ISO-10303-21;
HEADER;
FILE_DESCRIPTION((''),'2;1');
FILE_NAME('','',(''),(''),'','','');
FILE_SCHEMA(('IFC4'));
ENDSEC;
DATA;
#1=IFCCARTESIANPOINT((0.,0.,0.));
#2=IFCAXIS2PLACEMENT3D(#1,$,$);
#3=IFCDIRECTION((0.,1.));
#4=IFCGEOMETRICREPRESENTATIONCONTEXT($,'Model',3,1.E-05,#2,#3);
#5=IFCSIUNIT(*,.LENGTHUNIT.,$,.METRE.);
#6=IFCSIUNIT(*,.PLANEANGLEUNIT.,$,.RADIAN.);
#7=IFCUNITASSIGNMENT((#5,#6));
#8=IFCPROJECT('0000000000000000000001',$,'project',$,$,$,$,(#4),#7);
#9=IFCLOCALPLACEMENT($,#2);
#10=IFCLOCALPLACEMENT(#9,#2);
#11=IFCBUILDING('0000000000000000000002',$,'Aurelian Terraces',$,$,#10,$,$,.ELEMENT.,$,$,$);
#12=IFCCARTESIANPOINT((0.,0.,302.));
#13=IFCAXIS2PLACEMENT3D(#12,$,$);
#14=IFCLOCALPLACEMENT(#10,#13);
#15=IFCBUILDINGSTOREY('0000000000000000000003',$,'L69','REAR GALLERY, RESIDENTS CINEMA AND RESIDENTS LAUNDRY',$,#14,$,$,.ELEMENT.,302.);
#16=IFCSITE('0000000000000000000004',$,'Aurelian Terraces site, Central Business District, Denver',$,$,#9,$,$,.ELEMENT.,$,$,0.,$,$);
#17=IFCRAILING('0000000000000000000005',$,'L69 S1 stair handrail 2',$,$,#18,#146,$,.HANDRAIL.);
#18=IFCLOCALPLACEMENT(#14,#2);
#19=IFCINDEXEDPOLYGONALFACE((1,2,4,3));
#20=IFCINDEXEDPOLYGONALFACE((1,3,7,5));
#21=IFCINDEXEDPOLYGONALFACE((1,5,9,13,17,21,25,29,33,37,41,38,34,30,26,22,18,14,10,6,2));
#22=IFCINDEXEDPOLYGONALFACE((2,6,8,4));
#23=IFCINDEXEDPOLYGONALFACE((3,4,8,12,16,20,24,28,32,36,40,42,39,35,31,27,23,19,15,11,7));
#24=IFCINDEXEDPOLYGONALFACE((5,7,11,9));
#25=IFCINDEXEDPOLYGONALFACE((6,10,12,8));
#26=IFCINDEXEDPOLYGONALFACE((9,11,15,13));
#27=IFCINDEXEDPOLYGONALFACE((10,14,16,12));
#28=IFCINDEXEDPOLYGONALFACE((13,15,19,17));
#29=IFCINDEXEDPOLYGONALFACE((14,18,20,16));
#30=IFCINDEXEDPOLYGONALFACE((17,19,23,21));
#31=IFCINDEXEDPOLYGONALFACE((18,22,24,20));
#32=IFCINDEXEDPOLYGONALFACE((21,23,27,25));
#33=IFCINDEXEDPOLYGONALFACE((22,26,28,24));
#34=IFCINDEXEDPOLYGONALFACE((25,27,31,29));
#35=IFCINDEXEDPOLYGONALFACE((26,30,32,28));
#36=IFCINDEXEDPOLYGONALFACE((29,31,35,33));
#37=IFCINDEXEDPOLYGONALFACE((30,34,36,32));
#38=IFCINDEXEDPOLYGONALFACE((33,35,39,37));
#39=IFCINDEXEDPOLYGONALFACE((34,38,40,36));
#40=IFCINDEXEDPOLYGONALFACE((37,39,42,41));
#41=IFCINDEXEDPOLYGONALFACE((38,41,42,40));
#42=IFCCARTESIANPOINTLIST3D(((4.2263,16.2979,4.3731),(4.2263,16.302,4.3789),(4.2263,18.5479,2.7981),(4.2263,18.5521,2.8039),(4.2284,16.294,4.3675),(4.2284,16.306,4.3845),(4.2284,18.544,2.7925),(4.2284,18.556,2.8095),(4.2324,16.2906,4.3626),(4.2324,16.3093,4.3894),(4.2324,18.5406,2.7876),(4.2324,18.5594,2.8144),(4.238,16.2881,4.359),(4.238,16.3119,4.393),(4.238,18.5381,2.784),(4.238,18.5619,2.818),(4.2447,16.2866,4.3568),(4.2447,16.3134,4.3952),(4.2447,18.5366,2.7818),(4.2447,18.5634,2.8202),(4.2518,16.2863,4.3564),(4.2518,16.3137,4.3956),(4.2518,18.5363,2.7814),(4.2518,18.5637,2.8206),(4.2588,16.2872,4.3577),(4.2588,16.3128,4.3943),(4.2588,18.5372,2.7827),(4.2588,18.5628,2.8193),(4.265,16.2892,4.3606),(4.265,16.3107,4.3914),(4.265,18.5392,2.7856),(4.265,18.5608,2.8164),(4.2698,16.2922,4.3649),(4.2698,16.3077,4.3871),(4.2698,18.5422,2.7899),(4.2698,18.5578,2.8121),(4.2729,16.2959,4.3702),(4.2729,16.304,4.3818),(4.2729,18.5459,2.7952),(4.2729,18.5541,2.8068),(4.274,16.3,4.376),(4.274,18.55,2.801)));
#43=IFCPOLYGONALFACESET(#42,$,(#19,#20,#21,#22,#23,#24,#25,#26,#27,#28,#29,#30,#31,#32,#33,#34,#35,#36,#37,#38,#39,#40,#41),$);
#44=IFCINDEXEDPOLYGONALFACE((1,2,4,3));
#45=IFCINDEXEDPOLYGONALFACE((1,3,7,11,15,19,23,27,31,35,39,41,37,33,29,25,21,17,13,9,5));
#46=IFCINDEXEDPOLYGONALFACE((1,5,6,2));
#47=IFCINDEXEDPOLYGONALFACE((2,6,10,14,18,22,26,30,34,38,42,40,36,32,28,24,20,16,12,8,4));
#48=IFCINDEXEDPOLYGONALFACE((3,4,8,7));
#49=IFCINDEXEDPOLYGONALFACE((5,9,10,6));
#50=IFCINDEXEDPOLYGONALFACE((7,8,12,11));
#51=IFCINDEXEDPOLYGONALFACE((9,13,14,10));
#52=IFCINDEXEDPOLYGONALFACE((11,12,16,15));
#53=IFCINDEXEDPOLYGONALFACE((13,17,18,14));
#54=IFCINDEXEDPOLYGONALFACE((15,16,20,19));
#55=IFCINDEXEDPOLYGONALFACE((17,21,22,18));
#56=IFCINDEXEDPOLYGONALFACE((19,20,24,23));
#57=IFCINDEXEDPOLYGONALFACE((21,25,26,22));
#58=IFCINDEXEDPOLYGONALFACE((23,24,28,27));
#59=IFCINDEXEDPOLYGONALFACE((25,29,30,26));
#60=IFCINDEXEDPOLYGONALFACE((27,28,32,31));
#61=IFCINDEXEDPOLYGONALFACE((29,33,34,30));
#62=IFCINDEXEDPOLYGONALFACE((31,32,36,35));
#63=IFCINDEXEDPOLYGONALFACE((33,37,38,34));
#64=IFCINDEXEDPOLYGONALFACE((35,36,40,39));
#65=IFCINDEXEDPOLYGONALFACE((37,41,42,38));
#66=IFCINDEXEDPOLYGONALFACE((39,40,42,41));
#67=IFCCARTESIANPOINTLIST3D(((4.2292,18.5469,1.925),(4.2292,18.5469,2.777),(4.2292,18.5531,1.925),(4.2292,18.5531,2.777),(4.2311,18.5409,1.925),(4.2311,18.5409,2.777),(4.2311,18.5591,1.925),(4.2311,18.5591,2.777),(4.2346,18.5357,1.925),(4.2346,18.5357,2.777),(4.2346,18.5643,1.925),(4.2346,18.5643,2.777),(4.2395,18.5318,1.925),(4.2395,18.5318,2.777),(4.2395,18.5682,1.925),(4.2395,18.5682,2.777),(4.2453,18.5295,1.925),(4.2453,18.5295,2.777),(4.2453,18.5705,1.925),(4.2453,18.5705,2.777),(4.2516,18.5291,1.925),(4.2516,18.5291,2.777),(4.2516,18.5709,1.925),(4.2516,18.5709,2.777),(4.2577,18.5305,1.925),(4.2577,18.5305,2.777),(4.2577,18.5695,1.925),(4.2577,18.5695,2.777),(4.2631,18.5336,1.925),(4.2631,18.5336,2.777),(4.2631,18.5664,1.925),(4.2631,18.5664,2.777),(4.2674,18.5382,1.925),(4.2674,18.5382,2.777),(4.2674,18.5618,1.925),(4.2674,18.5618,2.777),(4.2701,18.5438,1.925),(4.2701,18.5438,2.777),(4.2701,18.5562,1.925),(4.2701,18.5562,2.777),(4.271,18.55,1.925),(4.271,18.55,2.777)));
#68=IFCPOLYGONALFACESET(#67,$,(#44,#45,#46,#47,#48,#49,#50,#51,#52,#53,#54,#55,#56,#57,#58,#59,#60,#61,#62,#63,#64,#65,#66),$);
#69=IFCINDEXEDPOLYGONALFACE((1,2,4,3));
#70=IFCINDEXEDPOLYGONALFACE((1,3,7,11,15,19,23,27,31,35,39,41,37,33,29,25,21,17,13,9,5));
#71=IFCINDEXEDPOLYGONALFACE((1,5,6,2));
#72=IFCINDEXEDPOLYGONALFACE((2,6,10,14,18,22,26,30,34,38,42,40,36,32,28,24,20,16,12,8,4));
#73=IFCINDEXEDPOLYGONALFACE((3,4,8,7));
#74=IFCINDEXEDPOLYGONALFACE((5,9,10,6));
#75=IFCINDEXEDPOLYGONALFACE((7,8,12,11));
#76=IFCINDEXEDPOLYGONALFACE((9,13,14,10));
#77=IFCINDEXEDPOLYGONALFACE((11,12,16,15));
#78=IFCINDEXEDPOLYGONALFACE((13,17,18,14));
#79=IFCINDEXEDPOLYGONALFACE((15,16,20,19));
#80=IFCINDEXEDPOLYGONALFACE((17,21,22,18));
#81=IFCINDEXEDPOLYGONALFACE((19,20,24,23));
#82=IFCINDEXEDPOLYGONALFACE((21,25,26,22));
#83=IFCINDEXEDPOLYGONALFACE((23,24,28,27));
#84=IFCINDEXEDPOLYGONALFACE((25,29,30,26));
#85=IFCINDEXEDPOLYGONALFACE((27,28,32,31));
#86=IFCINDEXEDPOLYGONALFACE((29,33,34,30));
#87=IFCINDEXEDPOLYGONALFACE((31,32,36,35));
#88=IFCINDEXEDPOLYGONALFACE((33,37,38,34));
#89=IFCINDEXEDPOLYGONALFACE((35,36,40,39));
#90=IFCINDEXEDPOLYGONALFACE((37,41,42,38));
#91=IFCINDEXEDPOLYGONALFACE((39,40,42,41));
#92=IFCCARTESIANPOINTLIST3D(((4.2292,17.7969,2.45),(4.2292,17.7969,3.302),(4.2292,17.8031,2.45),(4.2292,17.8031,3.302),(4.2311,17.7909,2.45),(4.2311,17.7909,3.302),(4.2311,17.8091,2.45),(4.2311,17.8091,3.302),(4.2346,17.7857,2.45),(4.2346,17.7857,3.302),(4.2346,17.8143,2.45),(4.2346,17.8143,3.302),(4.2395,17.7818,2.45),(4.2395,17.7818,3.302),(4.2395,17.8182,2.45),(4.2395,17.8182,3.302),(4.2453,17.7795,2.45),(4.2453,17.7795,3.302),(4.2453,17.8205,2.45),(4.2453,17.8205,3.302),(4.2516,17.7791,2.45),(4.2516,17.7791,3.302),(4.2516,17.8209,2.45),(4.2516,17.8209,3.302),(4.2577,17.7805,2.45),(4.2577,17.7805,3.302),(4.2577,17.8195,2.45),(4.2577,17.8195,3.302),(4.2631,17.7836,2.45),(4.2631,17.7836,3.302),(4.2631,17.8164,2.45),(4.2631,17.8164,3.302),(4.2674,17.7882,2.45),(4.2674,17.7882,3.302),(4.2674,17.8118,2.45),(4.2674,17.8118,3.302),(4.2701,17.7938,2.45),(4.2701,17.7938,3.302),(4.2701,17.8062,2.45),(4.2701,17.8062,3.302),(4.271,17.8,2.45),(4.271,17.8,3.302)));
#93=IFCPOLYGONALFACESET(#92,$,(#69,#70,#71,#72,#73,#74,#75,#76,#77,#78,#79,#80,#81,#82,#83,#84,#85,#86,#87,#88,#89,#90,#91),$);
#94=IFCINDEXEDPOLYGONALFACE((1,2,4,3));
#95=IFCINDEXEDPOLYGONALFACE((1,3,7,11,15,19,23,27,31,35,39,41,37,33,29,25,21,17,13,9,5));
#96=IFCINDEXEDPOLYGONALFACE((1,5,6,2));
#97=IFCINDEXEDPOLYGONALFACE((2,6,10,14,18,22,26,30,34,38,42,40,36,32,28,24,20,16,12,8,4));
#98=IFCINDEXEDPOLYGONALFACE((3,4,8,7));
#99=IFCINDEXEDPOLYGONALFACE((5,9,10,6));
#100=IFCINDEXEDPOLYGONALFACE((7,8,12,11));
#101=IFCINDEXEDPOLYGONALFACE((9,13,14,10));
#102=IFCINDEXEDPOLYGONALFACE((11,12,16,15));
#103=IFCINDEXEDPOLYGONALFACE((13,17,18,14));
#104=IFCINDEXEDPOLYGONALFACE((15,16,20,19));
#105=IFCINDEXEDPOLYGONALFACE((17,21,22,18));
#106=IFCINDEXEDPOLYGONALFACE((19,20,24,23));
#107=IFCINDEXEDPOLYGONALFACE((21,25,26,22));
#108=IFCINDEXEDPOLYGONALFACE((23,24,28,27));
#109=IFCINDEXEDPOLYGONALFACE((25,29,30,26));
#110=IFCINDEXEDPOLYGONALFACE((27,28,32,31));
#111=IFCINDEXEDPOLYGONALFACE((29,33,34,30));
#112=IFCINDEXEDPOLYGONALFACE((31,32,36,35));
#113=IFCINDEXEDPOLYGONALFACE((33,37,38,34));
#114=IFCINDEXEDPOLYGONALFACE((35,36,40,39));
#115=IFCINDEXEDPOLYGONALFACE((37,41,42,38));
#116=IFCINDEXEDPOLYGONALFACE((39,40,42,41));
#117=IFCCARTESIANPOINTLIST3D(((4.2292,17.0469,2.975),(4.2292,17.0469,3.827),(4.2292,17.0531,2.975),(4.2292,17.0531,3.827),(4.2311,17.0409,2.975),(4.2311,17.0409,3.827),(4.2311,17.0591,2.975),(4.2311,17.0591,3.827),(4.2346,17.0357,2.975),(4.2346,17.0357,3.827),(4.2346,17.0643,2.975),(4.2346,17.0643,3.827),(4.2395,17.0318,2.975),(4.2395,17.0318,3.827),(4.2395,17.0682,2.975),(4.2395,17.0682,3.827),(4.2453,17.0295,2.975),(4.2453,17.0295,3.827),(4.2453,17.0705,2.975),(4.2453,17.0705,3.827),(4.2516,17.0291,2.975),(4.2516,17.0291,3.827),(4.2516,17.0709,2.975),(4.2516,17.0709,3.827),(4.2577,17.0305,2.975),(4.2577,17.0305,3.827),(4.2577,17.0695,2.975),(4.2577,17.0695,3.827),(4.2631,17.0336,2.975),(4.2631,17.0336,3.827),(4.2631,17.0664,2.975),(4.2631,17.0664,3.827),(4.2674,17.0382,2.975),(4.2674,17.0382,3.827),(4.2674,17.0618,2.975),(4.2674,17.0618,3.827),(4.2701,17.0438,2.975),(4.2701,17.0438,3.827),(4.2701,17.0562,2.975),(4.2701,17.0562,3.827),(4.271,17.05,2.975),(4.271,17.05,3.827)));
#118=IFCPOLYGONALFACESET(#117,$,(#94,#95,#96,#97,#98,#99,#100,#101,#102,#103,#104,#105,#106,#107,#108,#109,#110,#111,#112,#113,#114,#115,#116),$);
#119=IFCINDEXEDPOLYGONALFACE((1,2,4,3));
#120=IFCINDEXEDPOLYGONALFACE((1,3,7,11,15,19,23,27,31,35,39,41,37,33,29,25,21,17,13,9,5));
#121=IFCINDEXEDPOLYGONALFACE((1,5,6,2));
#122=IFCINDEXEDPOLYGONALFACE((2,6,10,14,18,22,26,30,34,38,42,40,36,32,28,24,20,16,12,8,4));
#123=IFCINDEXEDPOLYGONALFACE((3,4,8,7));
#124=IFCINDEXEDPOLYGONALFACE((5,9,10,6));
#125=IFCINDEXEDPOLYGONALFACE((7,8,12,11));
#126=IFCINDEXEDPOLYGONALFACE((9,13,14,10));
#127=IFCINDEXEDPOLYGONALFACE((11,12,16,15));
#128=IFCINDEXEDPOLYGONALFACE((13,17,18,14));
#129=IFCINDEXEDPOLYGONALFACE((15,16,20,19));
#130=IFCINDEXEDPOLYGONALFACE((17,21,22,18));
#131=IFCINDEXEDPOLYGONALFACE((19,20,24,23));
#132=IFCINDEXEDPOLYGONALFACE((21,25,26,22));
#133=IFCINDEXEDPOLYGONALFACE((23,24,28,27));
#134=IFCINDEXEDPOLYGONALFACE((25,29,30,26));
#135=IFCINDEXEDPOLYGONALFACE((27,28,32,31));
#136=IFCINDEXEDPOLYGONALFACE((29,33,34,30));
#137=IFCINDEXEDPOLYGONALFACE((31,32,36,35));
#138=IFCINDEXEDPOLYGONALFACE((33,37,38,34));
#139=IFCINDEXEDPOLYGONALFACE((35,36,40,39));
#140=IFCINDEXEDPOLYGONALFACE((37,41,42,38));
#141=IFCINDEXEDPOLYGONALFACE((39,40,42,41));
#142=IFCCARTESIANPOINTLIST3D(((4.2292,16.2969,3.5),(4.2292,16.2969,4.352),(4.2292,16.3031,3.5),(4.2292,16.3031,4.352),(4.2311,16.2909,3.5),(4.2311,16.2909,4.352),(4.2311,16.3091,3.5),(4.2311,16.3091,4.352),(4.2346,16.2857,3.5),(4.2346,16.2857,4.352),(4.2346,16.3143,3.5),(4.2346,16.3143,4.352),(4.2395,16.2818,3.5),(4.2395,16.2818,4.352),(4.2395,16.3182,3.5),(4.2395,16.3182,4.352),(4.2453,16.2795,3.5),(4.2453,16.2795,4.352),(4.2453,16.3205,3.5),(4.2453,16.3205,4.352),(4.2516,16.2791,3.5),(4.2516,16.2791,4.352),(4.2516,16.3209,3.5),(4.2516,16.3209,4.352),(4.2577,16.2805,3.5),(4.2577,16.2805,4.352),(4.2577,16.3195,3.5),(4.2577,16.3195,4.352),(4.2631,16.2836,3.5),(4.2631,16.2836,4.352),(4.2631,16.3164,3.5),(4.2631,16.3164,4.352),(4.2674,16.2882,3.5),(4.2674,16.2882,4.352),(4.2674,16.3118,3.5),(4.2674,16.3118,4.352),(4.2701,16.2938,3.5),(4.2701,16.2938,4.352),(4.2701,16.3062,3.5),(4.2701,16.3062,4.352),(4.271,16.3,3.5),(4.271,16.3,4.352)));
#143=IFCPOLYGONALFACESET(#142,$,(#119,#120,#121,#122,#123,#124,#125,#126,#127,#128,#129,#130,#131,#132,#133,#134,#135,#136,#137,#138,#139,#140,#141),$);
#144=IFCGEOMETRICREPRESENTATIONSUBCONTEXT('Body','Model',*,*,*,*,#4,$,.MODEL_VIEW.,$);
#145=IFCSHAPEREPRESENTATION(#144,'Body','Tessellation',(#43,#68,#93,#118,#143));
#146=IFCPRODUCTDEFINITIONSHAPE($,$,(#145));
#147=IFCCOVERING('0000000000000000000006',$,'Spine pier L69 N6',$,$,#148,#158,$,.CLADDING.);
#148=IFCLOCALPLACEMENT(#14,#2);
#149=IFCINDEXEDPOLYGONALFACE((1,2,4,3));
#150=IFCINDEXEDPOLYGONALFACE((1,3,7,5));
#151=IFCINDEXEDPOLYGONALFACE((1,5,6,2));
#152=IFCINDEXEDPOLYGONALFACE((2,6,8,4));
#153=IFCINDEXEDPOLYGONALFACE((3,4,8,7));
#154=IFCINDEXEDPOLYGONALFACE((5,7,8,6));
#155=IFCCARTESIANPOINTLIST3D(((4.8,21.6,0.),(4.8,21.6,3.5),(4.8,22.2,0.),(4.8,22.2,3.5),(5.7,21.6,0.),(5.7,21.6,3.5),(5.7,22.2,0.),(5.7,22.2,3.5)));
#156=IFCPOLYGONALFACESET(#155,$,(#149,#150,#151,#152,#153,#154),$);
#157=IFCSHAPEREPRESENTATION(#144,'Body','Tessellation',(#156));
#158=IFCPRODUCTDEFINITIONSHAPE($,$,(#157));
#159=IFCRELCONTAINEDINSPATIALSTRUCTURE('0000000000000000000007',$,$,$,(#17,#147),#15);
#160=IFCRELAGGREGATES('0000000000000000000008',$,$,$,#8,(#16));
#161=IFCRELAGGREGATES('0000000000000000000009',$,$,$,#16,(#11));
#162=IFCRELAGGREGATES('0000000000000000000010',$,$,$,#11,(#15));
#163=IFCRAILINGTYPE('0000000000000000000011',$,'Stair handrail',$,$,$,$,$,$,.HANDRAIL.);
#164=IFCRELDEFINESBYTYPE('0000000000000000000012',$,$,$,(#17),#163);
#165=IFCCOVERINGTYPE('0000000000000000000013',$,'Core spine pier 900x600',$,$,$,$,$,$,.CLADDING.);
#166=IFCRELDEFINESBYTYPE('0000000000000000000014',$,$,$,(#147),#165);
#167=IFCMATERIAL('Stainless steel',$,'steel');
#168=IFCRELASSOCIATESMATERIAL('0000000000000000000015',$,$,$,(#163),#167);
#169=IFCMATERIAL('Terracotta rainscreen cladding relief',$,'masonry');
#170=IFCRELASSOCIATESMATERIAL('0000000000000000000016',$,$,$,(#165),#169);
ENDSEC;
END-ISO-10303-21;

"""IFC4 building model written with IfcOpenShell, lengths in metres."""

from ifc_helpers import new_model, si_unit, direction, frame, origin, origin_2d, place, context, subcontext, project, spatial, rectangle, circle, extrude, source, transform, mapped, material, type_object, element, save


model = new_model("IFC4")

# Units and contexts
model_context = context("Model", 3, precision=1e-05, world=origin(), true_north=direction((0.0, 1.0)))
body_context = subcontext(model_context, "Body", "Model", "MODEL_VIEW")
ifc_project = project(units=[si_unit("LENGTHUNIT", "METRE"), si_unit("PLANEANGLEUNIT", "RADIAN")], contexts=[model_context])

# Site, building, storey
site_placement = place(None, origin())
site = spatial("IfcSite", under=ifc_project, at=site_placement, Name="Aurelian Terraces site, Central Business District, Denver", CompositionType="ELEMENT", RefElevation=0.0)
building_placement = place(site_placement, origin())
building = spatial("IfcBuilding", under=site, at=building_placement, Name="Aurelian Terraces", CompositionType="ELEMENT")
storey_placement = place(building_placement, frame((0.0, 0.0, 302.0)))
storey = spatial("IfcBuildingStorey", under=building, at=storey_placement, Name="L69", Description="REAR GALLERY, RESIDENTS CINEMA AND RESIDENTS LAUNDRY", CompositionType="ELEMENT", Elevation=302.0)

# Railing
ifc_material_1 = material(Name="Stainless steel", Category="steel")
railing_type_1 = type_object("IfcRailingType", Name="Stair handrail", PredefinedType="HANDRAIL", material=ifc_material_1)
shared_shape_1 = source(origin(), body_context, "Body", "SweptSolid", [
    extrude(circle(Radius=0.024, at=origin_2d()), frame((0.0, 0.0, 0.876), z_axis=(0.0, -0.819232, 0.573462), x_axis=(1.0, 0.0, 0.0)), (0.0, 0.0, 1.0), 2.7465),
    extrude(circle(Radius=0.021, at=origin_2d()), origin(), (0.0, 0.0, 1.0), 0.852),
    extrude(circle(Radius=0.021, at=origin_2d()), frame((0.0, -0.75, 0.525)), (0.0, 0.0, 1.0), 0.852),
    extrude(circle(Radius=0.021, at=origin_2d()), frame((0.0, -1.5, 1.05)), (0.0, 0.0, 1.0), 0.852),
    extrude(circle(Radius=0.021, at=origin_2d()), frame((0.0, -2.25, 1.575)), (0.0, 0.0, 1.0), 0.852),
])
railing_1_placement = place(storey_placement, frame((4.25, 18.55, 1.925)))
element("IfcRailing", 1, at=railing_1_placement, inside=storey, type_object=railing_type_1, Name="L69 S1 stair handrail 2", PredefinedType="HANDRAIL", context=body_context, shape_type="MappedRepresentation", body=[
    mapped(shared_shape_1, transform((0.0, 0.0, 0.0), scale=1.0)),
])

# Covering
ifc_material_2 = material(Name="Terracotta rainscreen cladding relief", Category="masonry")
covering_type_1 = type_object("IfcCoveringType", Name="Core spine pier 900x600", PredefinedType="CLADDING", material=ifc_material_2)
shared_shape_2 = source(origin(), body_context, "Body", "SweptSolid", [
    extrude(rectangle(XDim=0.9, YDim=0.6, at=origin_2d()), origin(), (0.0, 0.0, 1.0), 3.5),
])
covering_1_placement = place(storey_placement, frame((5.25, 21.9, 0.0), z_axis=(0.0, 0.0, 1.0), x_axis=(1.0, 0.0, 0.0)))
element("IfcCovering", 2, at=covering_1_placement, inside=storey, type_object=covering_type_1, Name="Spine pier L69 N6", PredefinedType="CLADDING", context=body_context, shape_type="MappedRepresentation", body=[
    mapped(shared_shape_2, transform((0.0, 0.0, 0.0), scale=1.0)),
])

save(model, "model.ifc")
